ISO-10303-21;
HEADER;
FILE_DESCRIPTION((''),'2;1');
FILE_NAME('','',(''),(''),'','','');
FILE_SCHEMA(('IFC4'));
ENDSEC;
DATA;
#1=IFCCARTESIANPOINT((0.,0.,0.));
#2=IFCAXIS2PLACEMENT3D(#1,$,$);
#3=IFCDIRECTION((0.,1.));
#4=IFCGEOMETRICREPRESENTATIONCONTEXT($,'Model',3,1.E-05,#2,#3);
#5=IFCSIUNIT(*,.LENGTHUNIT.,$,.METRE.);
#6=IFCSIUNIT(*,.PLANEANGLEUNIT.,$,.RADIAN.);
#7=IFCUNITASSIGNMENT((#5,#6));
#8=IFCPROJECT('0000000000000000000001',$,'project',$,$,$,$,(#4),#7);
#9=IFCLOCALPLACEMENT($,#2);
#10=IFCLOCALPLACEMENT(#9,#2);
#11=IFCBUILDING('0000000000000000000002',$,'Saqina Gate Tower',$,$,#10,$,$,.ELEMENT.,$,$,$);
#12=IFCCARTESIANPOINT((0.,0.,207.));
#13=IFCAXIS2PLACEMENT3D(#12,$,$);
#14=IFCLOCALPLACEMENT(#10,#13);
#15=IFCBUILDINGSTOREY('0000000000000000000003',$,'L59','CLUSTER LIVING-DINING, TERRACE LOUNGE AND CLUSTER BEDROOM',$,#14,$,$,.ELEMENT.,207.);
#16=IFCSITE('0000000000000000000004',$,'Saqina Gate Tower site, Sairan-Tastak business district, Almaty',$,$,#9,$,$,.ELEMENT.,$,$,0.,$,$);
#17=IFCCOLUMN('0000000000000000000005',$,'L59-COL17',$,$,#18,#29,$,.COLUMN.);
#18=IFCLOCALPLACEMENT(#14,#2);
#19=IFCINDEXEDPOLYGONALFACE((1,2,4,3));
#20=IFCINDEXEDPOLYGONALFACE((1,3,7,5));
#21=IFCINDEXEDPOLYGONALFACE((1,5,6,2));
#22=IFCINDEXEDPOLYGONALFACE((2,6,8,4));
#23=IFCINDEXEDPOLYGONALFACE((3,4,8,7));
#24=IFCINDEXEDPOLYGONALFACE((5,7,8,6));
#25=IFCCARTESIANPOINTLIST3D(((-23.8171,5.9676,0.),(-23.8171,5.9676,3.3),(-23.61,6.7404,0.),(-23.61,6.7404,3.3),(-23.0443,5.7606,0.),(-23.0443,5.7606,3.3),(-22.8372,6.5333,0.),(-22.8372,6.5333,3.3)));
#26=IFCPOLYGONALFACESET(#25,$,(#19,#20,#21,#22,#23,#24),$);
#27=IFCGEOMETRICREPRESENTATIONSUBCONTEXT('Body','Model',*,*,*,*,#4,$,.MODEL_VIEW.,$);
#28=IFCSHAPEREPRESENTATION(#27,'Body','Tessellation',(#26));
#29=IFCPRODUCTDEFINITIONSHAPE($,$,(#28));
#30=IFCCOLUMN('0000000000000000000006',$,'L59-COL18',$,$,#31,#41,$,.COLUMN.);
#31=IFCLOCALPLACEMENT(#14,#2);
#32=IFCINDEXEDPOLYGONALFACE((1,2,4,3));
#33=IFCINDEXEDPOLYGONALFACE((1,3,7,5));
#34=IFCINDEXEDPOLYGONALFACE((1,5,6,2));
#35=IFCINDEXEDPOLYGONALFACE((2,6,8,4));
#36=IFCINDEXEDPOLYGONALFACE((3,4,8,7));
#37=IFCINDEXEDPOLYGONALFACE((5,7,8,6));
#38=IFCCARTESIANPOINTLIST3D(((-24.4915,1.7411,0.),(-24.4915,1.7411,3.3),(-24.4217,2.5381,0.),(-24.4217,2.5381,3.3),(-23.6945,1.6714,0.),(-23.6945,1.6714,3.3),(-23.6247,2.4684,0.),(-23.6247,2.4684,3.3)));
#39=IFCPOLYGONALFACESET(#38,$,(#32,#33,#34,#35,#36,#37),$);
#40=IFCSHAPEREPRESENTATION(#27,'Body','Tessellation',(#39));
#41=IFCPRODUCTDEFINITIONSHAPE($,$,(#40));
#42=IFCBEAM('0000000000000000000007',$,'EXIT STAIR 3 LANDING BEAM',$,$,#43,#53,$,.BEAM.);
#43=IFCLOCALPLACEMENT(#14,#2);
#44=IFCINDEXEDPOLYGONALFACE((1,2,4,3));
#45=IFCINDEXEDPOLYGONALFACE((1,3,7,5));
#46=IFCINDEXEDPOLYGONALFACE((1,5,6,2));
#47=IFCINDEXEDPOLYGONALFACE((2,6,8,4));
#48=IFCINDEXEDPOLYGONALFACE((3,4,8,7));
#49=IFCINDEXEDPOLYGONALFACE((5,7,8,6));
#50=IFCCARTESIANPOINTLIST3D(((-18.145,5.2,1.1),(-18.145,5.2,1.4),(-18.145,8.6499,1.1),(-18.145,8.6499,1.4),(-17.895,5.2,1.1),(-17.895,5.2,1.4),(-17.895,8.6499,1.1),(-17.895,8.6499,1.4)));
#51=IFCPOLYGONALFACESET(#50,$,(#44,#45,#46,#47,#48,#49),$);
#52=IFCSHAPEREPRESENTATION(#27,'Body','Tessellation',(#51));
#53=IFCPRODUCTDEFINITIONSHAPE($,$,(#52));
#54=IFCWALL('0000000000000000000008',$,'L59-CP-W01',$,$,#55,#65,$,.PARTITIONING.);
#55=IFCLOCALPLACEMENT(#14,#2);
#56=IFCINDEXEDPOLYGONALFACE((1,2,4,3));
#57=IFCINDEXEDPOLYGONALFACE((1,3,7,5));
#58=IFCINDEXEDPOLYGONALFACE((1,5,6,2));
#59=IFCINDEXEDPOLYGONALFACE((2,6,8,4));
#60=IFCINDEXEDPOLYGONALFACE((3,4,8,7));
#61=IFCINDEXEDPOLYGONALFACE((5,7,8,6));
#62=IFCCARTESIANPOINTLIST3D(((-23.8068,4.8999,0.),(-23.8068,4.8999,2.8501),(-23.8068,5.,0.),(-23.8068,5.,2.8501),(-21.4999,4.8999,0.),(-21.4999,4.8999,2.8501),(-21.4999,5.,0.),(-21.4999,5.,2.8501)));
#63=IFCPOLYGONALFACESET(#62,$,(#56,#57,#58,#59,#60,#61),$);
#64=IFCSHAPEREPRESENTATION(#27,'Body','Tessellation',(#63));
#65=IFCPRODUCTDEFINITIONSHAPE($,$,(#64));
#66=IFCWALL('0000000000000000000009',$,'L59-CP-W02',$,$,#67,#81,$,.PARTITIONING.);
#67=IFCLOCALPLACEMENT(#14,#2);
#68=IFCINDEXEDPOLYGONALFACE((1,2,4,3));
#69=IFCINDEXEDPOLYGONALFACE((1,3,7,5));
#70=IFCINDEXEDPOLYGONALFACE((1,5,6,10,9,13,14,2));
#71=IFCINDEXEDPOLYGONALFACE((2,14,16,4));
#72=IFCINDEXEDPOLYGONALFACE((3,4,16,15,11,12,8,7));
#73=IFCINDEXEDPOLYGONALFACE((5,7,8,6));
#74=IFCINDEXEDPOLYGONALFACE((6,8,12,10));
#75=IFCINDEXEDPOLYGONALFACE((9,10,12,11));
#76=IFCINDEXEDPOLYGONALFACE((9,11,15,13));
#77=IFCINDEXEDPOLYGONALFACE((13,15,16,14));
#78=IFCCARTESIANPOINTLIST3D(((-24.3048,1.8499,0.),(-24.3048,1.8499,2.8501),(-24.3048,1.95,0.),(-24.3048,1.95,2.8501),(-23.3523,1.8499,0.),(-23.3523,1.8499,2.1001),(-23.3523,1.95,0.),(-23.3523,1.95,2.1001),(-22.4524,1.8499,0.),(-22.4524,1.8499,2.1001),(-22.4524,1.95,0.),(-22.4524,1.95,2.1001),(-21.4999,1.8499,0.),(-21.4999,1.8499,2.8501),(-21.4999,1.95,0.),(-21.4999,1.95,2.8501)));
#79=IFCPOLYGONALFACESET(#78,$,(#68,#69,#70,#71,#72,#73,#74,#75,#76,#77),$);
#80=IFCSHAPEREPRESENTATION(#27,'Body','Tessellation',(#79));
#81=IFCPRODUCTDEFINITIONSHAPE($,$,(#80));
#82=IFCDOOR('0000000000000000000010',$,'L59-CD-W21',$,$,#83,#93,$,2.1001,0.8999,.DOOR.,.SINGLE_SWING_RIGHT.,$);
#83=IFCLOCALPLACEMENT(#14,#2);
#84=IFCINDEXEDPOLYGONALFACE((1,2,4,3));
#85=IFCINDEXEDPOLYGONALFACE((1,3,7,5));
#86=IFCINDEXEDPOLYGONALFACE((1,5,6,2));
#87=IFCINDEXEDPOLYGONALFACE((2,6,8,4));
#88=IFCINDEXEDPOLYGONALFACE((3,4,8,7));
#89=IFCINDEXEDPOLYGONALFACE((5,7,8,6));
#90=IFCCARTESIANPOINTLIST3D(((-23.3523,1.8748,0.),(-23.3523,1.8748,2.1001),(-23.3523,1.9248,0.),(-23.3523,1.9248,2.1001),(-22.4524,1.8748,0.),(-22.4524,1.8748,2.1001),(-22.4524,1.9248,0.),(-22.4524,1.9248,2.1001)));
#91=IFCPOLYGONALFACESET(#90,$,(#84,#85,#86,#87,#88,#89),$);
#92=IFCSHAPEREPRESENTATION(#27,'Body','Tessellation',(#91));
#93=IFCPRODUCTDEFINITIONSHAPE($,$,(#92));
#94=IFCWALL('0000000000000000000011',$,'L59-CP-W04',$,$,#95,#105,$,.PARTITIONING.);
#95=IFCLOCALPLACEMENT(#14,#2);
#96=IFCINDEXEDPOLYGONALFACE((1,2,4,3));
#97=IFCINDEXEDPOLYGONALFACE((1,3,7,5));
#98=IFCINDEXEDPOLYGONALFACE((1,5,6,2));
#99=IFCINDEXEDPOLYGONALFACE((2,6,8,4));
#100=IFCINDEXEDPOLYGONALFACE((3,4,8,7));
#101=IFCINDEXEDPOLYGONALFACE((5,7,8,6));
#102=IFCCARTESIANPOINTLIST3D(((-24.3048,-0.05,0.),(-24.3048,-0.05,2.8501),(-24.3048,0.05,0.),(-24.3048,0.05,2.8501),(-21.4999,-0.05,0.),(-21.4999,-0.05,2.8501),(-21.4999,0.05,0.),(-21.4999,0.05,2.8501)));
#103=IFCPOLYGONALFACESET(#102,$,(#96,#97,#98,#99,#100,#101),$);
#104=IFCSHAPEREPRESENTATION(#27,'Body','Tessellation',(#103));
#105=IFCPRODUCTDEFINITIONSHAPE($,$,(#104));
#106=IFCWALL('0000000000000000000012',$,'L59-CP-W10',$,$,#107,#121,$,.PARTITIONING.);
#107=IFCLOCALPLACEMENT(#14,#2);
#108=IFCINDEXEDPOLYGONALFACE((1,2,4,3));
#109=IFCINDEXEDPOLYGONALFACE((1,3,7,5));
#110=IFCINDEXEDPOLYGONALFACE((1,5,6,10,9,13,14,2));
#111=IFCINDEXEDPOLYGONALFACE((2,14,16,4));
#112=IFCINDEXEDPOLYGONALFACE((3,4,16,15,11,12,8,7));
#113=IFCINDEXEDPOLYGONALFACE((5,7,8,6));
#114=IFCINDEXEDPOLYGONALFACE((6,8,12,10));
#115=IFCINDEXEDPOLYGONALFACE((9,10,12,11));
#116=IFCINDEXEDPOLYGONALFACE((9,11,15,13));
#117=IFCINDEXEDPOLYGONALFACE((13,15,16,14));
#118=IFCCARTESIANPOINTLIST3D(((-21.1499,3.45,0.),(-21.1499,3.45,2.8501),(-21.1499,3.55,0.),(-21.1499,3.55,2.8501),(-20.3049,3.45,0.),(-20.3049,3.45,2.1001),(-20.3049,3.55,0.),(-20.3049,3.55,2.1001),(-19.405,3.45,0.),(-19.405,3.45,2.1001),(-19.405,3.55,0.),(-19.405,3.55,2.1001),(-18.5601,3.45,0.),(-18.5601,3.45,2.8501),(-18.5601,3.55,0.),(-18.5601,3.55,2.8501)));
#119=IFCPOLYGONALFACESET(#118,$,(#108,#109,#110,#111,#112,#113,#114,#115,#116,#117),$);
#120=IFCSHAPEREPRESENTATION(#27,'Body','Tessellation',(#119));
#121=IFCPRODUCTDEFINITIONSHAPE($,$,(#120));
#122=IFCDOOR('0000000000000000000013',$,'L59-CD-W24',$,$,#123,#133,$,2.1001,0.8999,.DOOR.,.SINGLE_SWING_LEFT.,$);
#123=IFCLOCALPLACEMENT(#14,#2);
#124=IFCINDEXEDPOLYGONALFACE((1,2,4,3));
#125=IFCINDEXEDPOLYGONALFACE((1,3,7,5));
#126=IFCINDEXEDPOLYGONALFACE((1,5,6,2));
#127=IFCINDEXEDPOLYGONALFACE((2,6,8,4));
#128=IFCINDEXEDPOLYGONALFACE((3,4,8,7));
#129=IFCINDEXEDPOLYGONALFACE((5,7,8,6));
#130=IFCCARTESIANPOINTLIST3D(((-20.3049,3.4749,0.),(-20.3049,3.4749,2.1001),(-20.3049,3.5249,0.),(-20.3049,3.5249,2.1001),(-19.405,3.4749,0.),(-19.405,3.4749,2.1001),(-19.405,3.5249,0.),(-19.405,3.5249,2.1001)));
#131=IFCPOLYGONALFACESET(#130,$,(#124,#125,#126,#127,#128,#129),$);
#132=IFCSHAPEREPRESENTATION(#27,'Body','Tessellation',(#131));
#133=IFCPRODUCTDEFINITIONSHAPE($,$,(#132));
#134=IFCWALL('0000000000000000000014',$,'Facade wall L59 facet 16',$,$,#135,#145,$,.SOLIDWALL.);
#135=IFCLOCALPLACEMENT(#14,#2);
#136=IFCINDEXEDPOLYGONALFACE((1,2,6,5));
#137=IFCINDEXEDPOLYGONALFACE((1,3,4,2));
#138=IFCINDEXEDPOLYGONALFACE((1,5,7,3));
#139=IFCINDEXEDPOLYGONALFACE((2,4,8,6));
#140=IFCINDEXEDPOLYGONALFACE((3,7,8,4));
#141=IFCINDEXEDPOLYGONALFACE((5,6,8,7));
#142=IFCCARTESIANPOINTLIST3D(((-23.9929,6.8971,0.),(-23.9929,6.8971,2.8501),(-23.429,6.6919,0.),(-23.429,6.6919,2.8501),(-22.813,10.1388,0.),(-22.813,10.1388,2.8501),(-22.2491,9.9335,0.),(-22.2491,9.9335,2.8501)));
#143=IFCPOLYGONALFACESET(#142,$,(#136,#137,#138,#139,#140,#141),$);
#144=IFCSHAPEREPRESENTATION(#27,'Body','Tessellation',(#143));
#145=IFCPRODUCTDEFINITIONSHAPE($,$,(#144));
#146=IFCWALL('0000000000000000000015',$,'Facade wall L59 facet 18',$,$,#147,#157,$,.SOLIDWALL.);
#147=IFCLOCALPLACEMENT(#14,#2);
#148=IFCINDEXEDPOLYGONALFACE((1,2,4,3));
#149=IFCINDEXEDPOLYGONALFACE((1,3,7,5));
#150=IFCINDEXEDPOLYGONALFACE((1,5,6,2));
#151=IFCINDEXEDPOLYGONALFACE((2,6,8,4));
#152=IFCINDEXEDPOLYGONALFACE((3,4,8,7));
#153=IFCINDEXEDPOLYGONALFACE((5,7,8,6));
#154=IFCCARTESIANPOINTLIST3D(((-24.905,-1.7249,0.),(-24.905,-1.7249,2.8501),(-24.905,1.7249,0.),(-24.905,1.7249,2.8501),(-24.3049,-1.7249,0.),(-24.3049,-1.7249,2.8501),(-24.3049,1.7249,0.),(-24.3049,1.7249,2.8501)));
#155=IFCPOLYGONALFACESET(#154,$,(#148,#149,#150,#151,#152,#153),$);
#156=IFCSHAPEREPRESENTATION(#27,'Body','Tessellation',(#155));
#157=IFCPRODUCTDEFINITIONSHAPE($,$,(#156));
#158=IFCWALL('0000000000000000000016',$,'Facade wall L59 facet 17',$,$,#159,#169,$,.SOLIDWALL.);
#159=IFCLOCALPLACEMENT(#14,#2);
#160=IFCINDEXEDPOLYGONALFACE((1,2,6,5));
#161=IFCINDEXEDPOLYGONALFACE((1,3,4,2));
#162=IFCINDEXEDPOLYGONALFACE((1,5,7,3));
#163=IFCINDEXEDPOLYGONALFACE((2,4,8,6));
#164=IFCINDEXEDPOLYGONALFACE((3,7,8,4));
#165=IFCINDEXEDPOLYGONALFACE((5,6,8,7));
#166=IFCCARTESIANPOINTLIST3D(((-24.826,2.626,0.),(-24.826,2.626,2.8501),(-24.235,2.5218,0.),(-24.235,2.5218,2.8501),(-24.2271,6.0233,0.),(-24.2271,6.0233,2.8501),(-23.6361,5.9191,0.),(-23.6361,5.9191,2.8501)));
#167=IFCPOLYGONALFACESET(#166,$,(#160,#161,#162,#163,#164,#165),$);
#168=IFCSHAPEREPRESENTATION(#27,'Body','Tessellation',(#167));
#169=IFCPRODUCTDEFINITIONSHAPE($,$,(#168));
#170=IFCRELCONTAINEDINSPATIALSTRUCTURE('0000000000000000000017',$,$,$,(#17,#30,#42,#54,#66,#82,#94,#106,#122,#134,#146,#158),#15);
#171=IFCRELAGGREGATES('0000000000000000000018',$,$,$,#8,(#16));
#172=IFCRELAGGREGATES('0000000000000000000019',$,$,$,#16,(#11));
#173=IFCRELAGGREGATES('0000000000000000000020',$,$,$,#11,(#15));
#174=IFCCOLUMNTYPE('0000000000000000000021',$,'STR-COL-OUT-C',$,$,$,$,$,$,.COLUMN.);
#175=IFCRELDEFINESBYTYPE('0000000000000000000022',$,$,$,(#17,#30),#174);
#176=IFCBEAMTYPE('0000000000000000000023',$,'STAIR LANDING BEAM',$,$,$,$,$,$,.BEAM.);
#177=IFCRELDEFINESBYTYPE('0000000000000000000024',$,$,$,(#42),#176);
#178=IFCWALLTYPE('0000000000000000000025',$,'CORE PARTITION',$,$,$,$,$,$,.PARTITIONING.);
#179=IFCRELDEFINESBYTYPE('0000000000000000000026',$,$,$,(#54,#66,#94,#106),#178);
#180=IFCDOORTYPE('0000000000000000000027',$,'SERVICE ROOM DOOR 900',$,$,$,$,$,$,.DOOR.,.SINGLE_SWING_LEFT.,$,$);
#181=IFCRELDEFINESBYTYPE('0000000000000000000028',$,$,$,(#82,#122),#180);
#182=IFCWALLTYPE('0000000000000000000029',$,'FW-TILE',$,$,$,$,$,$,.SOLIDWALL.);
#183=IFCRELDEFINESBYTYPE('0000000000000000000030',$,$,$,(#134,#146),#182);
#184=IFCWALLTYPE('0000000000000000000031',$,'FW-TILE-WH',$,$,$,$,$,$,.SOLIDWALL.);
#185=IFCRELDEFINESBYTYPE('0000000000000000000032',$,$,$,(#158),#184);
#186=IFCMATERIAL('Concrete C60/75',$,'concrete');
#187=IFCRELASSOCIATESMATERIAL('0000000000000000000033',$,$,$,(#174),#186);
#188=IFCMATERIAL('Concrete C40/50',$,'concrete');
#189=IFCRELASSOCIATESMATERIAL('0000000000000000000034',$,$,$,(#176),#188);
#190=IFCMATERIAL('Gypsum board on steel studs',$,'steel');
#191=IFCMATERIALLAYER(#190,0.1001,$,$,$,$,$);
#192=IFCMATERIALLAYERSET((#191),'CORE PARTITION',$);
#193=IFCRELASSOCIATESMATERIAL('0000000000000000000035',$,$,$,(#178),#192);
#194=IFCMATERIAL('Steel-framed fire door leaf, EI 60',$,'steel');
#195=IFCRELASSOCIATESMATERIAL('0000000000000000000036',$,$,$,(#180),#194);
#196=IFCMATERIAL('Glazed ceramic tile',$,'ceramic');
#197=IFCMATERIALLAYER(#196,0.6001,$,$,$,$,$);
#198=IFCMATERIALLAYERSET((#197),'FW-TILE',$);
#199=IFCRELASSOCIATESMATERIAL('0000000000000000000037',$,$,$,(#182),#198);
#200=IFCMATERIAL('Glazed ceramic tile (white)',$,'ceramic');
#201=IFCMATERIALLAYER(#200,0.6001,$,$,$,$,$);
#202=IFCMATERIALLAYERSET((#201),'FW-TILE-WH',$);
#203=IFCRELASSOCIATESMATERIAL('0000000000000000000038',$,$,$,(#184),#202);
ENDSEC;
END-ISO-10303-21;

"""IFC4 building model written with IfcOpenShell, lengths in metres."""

from ifc_helpers import new_model, si_unit, direction, frame, frame_2d, origin, origin_2d, place, context, subcontext, project, spatial, rectangle, extrude, material, layer, layer_set, material_profile, profile_set, type_object, element, fill, save


model = new_model("IFC4")

# Units and contexts
model_context = context("Model", 3, precision=1e-05, world=origin(), true_north=direction((0.0, 1.0)))
body_context = subcontext(model_context, "Body", "Model", "MODEL_VIEW")
ifc_project = project(units=[si_unit("LENGTHUNIT", "METRE"), si_unit("PLANEANGLEUNIT", "RADIAN")], contexts=[model_context])

# Site, building, storey
site_placement = place(None, origin())
site = spatial("IfcSite", under=ifc_project, at=site_placement, Name="Saqina Gate Tower site, Sairan-Tastak business district, Almaty", CompositionType="ELEMENT", RefElevation=0.0)
building_placement = place(site_placement, origin())
building = spatial("IfcBuilding", under=site, at=building_placement, Name="Saqina Gate Tower", CompositionType="ELEMENT")
storey_placement = place(building_placement, frame((0.0, 0.0, 207.0)))
storey = spatial("IfcBuildingStorey", under=building, at=storey_placement, Name="L59", Description="CLUSTER LIVING-DINING, TERRACE LOUNGE AND CLUSTER BEDROOM", CompositionType="ELEMENT", Elevation=207.0)

# Columns
ifc_material_1 = material(Name="Concrete C60/75", Category="concrete")
ifc_material_profile_1 = material_profile(ifc_material_1, rectangle(XDim=0.8, YDim=0.8, at=origin_2d()), Name="RC 800x800")
ifc_profile_set_1 = profile_set([ifc_material_profile_1], Name="Concrete C60/75")
column_type = type_object("IfcColumnType", Name="STR-COL-OUT-C", PredefinedType="COLUMN", material=ifc_profile_set_1)
for number, where, z_axis, x_axis, name in (
    (1, (-23.3271, 6.2505, 0.0), (0.0, 0.0, 1.0), (-0.965926, 0.258819, 0.0), "L59-COL17"),
    (2, (-24.0581, 2.1047, 0.0), (0.0, 0.0, 1.0), (-0.996195, 0.087156, 0.0), "L59-COL18"),
):
    element("IfcColumn", number, at=place(storey_placement, frame(where, z_axis=z_axis, x_axis=x_axis)), inside=storey, type_object=column_type, Name=name, PredefinedType="COLUMN", context=body_context, shape_type="SweptSolid", body=[
        extrude(rectangle(XDim=0.8, YDim=0.8, at=origin_2d()), origin(), (0.0, 0.0, 1.0), 3.3),
    ])

# Beam
ifc_material_2 = material(Name="Concrete C40/50", Category="concrete")
ifc_material_profile_2 = material_profile(ifc_material_2, rectangle(XDim=0.25, YDim=0.3, at=origin_2d()), Name="STAIR LANDING BEAM")
ifc_profile_set_2 = profile_set([ifc_material_profile_2], Name="Concrete C40/50")
beam_type = type_object("IfcBeamType", Name="STAIR LANDING BEAM", PredefinedType="BEAM", material=ifc_profile_set_2)
beam_placement = place(storey_placement, frame((-18.02, 5.2, 1.25), z_axis=(0.0, 1.0, 0.0), x_axis=(-1.0, 0.0, 0.0)))
element("IfcBeam", 3, at=beam_placement, inside=storey, type_object=beam_type, Name="EXIT STAIR 3 LANDING BEAM", PredefinedType="BEAM", context=body_context, shape_type="SweptSolid", body=[
    extrude(rectangle(XDim=0.25, YDim=0.3, at=origin_2d()), origin(), (0.0, 0.0, 1.0), 3.45),
])

# Wall
ifc_material_3 = material(Name="Gypsum board on steel studs", Category="steel")
ifc_layer_1 = layer(ifc_material_3, 0.1001)
ifc_layer_set_1 = layer_set([ifc_layer_1], Name="CORE PARTITION")
wall_type_1 = type_object("IfcWallType", Name="CORE PARTITION", PredefinedType="PARTITIONING", material=ifc_layer_set_1)
wall_1_placement = place(storey_placement, frame((-21.5, 4.95, 0.0), z_axis=(0.0, 0.0, 1.0), x_axis=(-1.0, 0.0, 0.0)))
element("IfcWall", 4, at=wall_1_placement, inside=storey, type_object=wall_type_1, Name="L59-CP-W01", PredefinedType="PARTITIONING", context=body_context, shape_type="SweptSolid", body=[
    extrude(rectangle(XDim=2.3069, YDim=0.1001, at=frame_2d((1.1533, 0.0))), origin(), (0.0, 0.0, 1.0), 2.8501),
])

# Wall, opening, door
wall_2_placement = place(storey_placement, frame((-21.5, 1.8999, 0.0), z_axis=(0.0, 0.0, 1.0), x_axis=(-1.0, 0.0, 0.0)))
wall_2 = element("IfcWall", 5, at=wall_2_placement, inside=storey, type_object=wall_type_1, Name="L59-CP-W02", PredefinedType="PARTITIONING", context=body_context, shape_type="SweptSolid", body=[
    extrude(rectangle(XDim=2.8049, YDim=0.1001, at=frame_2d((1.4023, 0.0))), origin(), (0.0, 0.0, 1.0), 2.8501),
])
opening_1_placement = place(wall_2_placement, frame((0.9524, 0.0, 0.0)))
opening_1 = element("IfcOpeningElement", 6, at=opening_1_placement, cuts=wall_2, PredefinedType="OPENING", context=body_context, shape_type="SweptSolid", body=[
    extrude(rectangle(XDim=0.8999, YDim=2.1001, at=frame_2d((0.45, 1.05))), frame((0.0, 0.062, 0.0), z_axis=(0.0, -1.0, 0.0), x_axis=(1.0, 0.0, 0.0)), (0.0, 0.0, 1.0), 0.124),
])
ifc_material_4 = material(Name="Steel-framed fire door leaf, EI 60", Category="steel")
door_type_1 = type_object("IfcDoorType", Name="SERVICE ROOM DOOR 900", OperationType="SINGLE_SWING_LEFT", PredefinedType="DOOR", material=ifc_material_4)
door_1_placement = place(opening_1_placement, frame((0.8999, 0.0, 0.0), z_axis=(0.0, 0.0, 1.0), x_axis=(-1.0, 0.0, 0.0)))
door_1 = element("IfcDoor", 7, at=door_1_placement, inside=storey, type_object=door_type_1, Name="L59-CD-W21", OperationType="SINGLE_SWING_RIGHT", OverallHeight=2.1001, OverallWidth=0.8999, PredefinedType="DOOR", context=body_context, shape_type="SweptSolid", body=[
    extrude(rectangle(XDim=0.8999, YDim=2.1001, at=frame_2d((0.45, 1.05))), frame((0.0, 0.0249, 0.0), z_axis=(0.0, -1.0, 0.0), x_axis=(1.0, 0.0, 0.0)), (0.0, 0.0, 1.0), 0.05),
])
fill(opening_1, door_1)

# Wall
wall_3_placement = place(storey_placement, frame((-21.5, 0.0, 0.0), z_axis=(0.0, 0.0, 1.0), x_axis=(-1.0, 0.0, 0.0)))
element("IfcWall", 8, at=wall_3_placement, inside=storey, type_object=wall_type_1, Name="L59-CP-W04", PredefinedType="PARTITIONING", context=body_context, shape_type="SweptSolid", body=[
    extrude(rectangle(XDim=2.8049, YDim=0.1001, at=frame_2d((1.4023, 0.0))), origin(), (0.0, 0.0, 1.0), 2.8501),
])

# Wall, opening, door
wall_4_placement = place(storey_placement, frame((-18.5601, 3.5, 0.0), z_axis=(0.0, 0.0, 1.0), x_axis=(-1.0, 0.0, 0.0)))
wall_4 = element("IfcWall", 9, at=wall_4_placement, inside=storey, type_object=wall_type_1, Name="L59-CP-W10", PredefinedType="PARTITIONING", context=body_context, shape_type="SweptSolid", body=[
    extrude(rectangle(XDim=2.5898, YDim=0.1001, at=frame_2d((1.2949, 0.0))), origin(), (0.0, 0.0, 1.0), 2.8501),
])
opening_2_placement = place(wall_4_placement, frame((0.845, 0.0, 0.0)))
opening_2 = element("IfcOpeningElement", 10, at=opening_2_placement, cuts=wall_4, PredefinedType="OPENING", context=body_context, shape_type="SweptSolid", body=[
    extrude(rectangle(XDim=0.8999, YDim=2.1001, at=frame_2d((0.45, 1.05))), frame((0.0, 0.062, 0.0), z_axis=(0.0, -1.0, 0.0), x_axis=(1.0, 0.0, 0.0)), (0.0, 0.0, 1.0), 0.124),
])
door_2_placement = place(opening_2_placement, frame((0.8999, 0.0, 0.0), z_axis=(0.0, 0.0, 1.0), x_axis=(-1.0, 0.0, 0.0)))
door_2 = element("IfcDoor", 11, at=door_2_placement, inside=storey, type_object=door_type_1, Name="L59-CD-W24", OperationType="SINGLE_SWING_LEFT", OverallHeight=2.1001, OverallWidth=0.8999, PredefinedType="DOOR", context=body_context, shape_type="SweptSolid", body=[
    extrude(rectangle(XDim=0.8999, YDim=2.1001, at=frame_2d((0.45, 1.05))), frame((0.0, 0.0249, 0.0), z_axis=(0.0, -1.0, 0.0), x_axis=(1.0, 0.0, 0.0)), (0.0, 0.0, 1.0), 0.05),
])
fill(opening_2, door_2)

# Walls
ifc_material_5 = material(Name="Glazed ceramic tile", Category="ceramic")
ifc_layer_2 = layer(ifc_material_5, 0.6001)
ifc_layer_set_2 = layer_set([ifc_layer_2], Name="FW-TILE")
wall_type_2 = type_object("IfcWallType", Name="FW-TILE", PredefinedType="SOLIDWALL", material=ifc_layer_set_2)
for number, where, z_axis, x_axis, name in (
    (12, (-22.531, 10.0361, 0.0), (0.0, 0.0, 1.0), (-0.342033, -0.939688, 0.0), "Facade wall L59 facet 16"),
    (13, (-24.605, 1.7249, 0.0), (0.0, 0.0, 1.0), (0.0, -1.0, 0.0), "Facade wall L59 facet 18"),
):
    element("IfcWall", number, at=place(storey_placement, frame(where, z_axis=z_axis, x_axis=x_axis)), inside=storey, type_object=wall_type_2, Name=name, PredefinedType="SOLIDWALL", context=body_context, shape_type="SweptSolid", body=[
        extrude(rectangle(XDim=3.4497, YDim=0.6001, at=frame_2d((1.7249, 0.0))), origin(), (0.0, 0.0, 1.0), 2.8501),
    ])
ifc_material_6 = material(Name="Glazed ceramic tile (white)", Category="ceramic")
ifc_layer_3 = layer(ifc_material_6, 0.6001)
ifc_layer_set_3 = layer_set([ifc_layer_3], Name="FW-TILE-WH")
wall_type_3 = type_object("IfcWallType", Name="FW-TILE-WH", PredefinedType="SOLIDWALL", material=ifc_layer_set_3)
wall_5_placement = place(storey_placement, frame((-23.9316, 5.9712, 0.0), z_axis=(0.0, 0.0, 1.0), x_axis=(-0.173608, -0.984815, 0.0)))
element("IfcWall", 14, at=wall_5_placement, inside=storey, type_object=wall_type_3, Name="Facade wall L59 facet 17", PredefinedType="SOLIDWALL", context=body_context, shape_type="SweptSolid", body=[
    extrude(rectangle(XDim=3.4497, YDim=0.6001, at=frame_2d((1.7249, 0.0))), origin(), (0.0, 0.0, 1.0), 2.8501),
])

save(model, "model.ifc")
